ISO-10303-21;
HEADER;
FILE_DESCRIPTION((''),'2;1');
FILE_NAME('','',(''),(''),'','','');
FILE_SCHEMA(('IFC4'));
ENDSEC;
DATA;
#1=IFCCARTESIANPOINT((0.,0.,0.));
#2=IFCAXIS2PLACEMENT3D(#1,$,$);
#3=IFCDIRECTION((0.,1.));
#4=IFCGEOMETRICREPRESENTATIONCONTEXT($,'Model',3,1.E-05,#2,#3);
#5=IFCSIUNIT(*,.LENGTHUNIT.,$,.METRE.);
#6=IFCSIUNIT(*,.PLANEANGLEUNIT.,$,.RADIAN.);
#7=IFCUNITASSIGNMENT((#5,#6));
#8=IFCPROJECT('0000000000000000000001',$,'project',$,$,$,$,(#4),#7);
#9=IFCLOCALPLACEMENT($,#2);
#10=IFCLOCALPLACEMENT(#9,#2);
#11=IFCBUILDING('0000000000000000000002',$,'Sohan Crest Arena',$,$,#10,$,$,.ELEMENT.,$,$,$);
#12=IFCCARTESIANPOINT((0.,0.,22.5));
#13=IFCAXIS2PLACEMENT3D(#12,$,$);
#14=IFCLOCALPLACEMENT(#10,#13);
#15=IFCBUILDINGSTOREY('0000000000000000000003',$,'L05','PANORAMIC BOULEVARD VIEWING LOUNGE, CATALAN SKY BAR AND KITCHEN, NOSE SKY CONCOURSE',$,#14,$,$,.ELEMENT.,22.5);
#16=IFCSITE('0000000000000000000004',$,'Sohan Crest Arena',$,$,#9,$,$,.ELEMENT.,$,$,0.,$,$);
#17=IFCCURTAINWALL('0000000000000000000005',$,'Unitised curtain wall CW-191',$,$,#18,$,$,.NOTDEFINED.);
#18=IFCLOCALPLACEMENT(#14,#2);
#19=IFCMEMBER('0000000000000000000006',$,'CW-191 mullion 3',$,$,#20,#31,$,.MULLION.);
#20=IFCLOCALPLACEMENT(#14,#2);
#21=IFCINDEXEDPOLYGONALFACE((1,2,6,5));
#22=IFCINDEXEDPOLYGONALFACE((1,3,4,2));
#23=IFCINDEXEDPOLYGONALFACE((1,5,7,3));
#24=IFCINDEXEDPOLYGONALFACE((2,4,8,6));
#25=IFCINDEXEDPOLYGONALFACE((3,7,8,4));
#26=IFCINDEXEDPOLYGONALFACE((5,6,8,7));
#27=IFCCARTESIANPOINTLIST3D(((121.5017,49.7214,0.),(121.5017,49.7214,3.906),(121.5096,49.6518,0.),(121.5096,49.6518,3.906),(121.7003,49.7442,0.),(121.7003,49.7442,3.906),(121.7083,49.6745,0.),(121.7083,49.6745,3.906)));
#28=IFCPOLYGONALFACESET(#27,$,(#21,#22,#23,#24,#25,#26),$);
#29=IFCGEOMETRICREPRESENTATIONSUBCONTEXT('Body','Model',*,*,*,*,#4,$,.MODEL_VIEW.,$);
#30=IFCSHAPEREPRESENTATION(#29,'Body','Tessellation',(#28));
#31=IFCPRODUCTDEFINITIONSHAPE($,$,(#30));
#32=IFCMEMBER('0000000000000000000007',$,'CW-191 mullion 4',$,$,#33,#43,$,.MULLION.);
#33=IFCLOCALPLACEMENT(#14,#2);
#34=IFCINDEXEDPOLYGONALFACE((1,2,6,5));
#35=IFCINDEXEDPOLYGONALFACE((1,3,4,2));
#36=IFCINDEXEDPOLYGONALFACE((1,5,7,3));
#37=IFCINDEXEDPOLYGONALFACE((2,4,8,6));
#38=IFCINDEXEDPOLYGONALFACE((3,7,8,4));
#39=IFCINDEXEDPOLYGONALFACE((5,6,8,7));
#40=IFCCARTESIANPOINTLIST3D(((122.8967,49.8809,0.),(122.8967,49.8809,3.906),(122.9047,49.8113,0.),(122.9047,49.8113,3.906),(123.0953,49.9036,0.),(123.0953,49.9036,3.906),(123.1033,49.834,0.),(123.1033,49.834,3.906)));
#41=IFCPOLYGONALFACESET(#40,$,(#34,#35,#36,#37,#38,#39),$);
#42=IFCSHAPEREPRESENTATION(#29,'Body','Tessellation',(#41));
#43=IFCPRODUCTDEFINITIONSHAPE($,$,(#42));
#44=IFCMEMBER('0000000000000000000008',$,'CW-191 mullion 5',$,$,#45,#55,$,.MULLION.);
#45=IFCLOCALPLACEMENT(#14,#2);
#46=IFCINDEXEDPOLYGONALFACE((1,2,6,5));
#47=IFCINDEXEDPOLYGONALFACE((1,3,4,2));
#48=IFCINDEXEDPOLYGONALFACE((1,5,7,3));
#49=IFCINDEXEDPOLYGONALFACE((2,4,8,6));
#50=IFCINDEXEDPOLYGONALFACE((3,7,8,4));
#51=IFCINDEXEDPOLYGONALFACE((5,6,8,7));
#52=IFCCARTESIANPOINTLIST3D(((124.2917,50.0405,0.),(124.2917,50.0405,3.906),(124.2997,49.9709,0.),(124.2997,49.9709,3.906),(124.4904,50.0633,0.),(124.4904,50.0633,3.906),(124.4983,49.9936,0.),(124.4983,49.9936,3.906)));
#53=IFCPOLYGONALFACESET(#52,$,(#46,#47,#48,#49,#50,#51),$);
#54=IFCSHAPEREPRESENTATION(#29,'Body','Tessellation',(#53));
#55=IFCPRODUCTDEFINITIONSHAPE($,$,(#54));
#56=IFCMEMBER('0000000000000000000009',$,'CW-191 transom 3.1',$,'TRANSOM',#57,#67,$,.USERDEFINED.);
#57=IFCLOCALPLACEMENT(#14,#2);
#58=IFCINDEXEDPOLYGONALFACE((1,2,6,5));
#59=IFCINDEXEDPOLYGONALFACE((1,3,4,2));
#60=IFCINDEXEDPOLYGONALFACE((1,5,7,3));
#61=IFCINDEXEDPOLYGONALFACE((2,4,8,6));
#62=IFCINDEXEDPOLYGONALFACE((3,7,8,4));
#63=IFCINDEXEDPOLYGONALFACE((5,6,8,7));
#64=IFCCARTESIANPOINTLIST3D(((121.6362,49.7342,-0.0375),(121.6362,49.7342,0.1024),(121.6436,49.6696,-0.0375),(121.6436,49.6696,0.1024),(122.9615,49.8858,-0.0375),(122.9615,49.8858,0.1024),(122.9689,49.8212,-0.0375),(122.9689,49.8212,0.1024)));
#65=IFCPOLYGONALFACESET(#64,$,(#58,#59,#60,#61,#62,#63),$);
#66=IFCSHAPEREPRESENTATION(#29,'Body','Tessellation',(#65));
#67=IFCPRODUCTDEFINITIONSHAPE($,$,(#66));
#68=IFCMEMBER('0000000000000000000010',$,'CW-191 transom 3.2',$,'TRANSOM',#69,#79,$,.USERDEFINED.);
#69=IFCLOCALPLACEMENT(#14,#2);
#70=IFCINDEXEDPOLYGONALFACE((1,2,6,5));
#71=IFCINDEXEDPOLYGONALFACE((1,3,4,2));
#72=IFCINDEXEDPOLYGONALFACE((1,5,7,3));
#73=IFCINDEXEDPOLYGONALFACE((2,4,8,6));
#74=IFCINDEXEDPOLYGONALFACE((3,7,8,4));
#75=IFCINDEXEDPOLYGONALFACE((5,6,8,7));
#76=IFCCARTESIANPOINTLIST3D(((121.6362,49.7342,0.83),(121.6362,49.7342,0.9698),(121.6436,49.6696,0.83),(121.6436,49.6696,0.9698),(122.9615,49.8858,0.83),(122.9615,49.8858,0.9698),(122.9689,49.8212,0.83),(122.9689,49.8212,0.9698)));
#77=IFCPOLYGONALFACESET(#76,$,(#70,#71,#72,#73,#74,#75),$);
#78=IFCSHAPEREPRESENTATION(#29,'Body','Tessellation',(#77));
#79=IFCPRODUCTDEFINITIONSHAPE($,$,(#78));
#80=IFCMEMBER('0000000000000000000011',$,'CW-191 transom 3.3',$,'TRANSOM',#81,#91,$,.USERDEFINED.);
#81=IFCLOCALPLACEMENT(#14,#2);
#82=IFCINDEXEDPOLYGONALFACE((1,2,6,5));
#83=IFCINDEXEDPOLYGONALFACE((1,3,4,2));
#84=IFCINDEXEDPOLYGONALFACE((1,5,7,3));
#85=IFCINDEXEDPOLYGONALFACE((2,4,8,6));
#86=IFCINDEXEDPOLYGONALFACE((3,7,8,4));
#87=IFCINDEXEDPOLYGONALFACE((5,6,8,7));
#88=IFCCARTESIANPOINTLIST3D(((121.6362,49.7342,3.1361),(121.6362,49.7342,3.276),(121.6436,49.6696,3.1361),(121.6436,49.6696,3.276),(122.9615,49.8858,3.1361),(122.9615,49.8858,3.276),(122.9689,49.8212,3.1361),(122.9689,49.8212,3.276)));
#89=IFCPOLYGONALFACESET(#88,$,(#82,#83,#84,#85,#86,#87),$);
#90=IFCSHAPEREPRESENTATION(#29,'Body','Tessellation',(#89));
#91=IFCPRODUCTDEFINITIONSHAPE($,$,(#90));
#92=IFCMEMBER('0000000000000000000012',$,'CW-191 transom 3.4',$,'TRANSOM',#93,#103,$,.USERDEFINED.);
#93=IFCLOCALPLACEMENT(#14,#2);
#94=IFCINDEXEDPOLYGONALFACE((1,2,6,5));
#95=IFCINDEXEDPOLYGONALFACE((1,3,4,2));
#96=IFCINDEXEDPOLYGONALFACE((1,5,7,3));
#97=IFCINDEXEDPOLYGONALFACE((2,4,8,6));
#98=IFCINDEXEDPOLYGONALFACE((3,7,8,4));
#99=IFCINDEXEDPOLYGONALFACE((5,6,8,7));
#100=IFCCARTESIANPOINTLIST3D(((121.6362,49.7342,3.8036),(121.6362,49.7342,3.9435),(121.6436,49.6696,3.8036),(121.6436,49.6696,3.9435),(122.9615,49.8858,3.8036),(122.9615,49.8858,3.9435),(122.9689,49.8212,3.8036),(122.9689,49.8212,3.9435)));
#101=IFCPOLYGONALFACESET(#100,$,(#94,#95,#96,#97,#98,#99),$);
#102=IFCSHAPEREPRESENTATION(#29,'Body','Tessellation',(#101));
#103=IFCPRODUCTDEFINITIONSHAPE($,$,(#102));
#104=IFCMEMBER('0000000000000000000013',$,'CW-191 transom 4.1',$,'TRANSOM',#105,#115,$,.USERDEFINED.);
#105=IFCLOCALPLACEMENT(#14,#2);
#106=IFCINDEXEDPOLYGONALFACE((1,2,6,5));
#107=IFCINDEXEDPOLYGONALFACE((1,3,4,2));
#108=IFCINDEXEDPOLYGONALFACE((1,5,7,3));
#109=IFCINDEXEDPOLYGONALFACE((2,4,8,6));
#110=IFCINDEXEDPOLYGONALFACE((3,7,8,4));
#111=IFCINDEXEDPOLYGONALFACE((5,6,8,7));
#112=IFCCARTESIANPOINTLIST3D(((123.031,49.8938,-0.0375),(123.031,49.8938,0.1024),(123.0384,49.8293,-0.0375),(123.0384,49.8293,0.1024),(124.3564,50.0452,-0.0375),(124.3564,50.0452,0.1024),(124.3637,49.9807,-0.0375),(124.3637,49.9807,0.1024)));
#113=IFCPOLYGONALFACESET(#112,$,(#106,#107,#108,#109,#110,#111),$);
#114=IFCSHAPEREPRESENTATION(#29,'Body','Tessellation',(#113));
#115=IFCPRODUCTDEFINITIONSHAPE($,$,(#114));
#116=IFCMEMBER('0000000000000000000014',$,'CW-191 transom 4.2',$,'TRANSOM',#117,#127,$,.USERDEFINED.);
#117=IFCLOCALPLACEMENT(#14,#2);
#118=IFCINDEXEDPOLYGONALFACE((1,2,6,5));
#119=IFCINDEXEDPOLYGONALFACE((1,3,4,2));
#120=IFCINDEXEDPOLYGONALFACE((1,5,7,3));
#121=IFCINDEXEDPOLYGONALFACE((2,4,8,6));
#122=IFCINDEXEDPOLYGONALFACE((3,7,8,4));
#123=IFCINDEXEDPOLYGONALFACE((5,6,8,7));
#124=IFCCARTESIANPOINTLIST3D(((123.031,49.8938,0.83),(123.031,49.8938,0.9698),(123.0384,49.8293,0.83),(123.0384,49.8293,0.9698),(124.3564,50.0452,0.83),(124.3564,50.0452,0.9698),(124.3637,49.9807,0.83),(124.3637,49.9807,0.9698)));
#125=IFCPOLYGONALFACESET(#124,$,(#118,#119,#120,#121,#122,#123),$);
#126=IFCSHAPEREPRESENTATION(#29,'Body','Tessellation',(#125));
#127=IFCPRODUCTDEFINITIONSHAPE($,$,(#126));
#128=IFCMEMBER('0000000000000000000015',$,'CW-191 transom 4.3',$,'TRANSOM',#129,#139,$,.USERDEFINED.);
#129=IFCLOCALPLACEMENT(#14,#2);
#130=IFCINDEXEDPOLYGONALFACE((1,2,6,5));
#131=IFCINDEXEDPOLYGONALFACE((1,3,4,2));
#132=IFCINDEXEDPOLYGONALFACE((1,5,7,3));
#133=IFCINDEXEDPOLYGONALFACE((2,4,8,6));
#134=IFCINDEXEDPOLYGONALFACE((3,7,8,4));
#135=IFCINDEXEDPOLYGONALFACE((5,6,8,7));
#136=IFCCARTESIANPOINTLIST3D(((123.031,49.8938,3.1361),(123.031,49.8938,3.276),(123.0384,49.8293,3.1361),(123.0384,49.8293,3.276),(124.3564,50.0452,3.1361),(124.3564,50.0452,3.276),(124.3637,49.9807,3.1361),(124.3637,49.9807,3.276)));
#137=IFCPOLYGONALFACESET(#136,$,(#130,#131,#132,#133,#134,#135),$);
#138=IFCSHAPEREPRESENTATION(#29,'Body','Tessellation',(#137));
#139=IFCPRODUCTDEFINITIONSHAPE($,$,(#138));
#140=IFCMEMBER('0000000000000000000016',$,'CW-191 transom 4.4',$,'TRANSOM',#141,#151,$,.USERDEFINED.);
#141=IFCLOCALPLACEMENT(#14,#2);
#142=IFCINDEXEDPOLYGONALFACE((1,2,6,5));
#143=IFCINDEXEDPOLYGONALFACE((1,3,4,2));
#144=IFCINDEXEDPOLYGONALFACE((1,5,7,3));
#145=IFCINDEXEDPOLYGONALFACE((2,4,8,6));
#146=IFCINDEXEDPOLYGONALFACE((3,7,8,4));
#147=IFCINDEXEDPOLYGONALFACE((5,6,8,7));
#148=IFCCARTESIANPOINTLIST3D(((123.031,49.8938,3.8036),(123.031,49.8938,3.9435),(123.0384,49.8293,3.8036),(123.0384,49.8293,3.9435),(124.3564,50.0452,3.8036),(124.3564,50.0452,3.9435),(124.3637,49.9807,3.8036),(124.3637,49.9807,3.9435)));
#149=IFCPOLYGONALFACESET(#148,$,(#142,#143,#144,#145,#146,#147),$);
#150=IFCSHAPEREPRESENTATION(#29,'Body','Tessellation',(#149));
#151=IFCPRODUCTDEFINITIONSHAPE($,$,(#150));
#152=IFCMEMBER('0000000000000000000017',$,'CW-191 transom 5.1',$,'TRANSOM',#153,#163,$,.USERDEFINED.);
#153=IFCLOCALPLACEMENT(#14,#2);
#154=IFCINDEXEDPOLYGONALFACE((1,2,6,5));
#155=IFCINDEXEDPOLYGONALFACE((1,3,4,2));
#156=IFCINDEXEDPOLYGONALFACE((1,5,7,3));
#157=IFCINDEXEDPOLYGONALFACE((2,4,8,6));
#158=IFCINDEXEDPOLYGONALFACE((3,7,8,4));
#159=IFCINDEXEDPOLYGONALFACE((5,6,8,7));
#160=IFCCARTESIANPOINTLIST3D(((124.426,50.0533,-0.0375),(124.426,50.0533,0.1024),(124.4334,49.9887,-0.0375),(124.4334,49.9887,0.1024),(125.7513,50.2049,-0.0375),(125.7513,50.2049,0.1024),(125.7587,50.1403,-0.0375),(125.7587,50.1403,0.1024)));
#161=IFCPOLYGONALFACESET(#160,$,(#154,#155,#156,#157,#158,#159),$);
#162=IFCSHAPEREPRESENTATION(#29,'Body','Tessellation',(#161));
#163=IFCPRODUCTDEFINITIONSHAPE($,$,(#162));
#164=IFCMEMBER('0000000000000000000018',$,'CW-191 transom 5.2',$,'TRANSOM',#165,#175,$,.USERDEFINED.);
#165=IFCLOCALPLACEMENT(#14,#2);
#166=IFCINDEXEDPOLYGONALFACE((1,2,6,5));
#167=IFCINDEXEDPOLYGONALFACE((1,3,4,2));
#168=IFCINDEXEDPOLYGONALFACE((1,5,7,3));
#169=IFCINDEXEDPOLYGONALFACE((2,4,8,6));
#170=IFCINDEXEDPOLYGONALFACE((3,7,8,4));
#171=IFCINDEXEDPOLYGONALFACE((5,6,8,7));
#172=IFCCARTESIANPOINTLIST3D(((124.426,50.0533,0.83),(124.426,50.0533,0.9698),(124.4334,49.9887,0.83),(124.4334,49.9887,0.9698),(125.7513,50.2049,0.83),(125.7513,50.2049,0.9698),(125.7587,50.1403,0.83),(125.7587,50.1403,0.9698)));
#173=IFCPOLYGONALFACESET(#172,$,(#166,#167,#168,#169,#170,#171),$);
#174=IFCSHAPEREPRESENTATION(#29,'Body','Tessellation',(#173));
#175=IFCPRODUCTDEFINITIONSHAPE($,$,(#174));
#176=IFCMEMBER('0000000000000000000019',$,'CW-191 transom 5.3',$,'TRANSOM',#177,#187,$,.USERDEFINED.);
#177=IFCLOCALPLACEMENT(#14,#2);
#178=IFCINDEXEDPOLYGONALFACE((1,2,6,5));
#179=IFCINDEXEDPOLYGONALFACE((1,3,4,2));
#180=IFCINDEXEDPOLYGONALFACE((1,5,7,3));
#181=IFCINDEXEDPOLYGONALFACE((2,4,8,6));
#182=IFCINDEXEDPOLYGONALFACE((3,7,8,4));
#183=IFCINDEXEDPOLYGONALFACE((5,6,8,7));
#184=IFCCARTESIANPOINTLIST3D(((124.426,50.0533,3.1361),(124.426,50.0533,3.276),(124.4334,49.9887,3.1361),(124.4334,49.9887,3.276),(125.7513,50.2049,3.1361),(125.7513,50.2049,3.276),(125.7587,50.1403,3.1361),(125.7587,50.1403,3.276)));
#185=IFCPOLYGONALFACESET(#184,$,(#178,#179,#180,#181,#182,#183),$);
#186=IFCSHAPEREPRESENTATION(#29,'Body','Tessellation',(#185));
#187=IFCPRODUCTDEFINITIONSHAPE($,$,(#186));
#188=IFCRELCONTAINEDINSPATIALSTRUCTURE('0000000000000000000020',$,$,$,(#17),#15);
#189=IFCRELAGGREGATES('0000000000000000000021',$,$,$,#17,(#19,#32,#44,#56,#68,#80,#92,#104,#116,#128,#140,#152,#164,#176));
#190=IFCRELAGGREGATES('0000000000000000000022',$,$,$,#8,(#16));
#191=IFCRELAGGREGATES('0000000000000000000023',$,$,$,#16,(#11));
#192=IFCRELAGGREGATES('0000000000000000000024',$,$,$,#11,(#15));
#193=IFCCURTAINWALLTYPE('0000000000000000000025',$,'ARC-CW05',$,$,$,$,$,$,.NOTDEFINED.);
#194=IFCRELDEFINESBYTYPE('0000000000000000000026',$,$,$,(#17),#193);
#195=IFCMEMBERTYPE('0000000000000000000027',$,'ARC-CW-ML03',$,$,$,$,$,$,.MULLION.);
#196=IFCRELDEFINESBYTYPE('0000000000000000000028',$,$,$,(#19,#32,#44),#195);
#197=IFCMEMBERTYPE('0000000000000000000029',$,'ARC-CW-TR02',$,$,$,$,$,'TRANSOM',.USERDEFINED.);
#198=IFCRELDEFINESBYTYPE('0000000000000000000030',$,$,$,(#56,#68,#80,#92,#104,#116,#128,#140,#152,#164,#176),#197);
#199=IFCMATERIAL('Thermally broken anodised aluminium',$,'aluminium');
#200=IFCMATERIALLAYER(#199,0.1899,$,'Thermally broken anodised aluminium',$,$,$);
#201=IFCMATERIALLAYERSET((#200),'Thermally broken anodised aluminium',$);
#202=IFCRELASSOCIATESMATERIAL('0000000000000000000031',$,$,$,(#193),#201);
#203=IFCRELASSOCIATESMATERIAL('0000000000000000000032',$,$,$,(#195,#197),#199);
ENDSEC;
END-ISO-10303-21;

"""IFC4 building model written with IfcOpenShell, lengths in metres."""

from ifc_helpers import new_model, si_unit, direction, frame, origin, origin_2d, place, context, subcontext, project, spatial, rectangle, extrude, material, layer, layer_set, material_profile, profile_set, type_object, element, aggregate, save


model = new_model("IFC4")

# Units and contexts
model_context = context("Model", 3, precision=1e-05, world=origin(), true_north=direction((0.0, 1.0)))
body_context = subcontext(model_context, "Body", "Model", "MODEL_VIEW")
ifc_project = project(units=[si_unit("LENGTHUNIT", "METRE"), si_unit("PLANEANGLEUNIT", "RADIAN")], contexts=[model_context])

# Site, building, storey
site_placement = place(None, origin())
site = spatial("IfcSite", under=ifc_project, at=site_placement, Name="Sohan Crest Arena", CompositionType="ELEMENT", RefElevation=0.0)
building_placement = place(site_placement, origin())
building = spatial("IfcBuilding", under=site, at=building_placement, Name="Sohan Crest Arena", CompositionType="ELEMENT")
storey_placement = place(building_placement, frame((0.0, 0.0, 22.5)))
storey = spatial("IfcBuildingStorey", under=building, at=storey_placement, Name="L05", Description="PANORAMIC BOULEVARD VIEWING LOUNGE, CATALAN SKY BAR AND KITCHEN, NOSE SKY CONCOURSE", CompositionType="ELEMENT", Elevation=22.5)

# Curtain wall, members
ifc_material_1 = material(Name="Thermally broken anodised aluminium", Category="aluminium")
ifc_layer_1 = layer(ifc_material_1, 0.1899, Name="Thermally broken anodised aluminium")
ifc_layer_set_1 = layer_set([ifc_layer_1], Name="Thermally broken anodised aluminium")
curtain_wall_type = type_object("IfcCurtainWallType", Name="ARC-CW05", PredefinedType="NOTDEFINED", material=ifc_layer_set_1)
curtain_wall_placement = place(storey_placement, origin())
curtain_wall = element("IfcCurtainWall", 1, at=curtain_wall_placement, inside=storey, type_object=curtain_wall_type, Name="Unitised curtain wall CW-191", PredefinedType="NOTDEFINED")
ifc_material_profile_1 = material_profile(ifc_material_1, rectangle(XDim=0.0701, YDim=0.2, at=origin_2d()), Name="ALU-MULL 70x200")
ifc_profile_set_1 = profile_set([ifc_material_profile_1], Name="Thermally broken anodised aluminium")
member_type_1 = type_object("IfcMemberType", Name="ARC-CW-ML03", PredefinedType="MULLION", material=ifc_profile_set_1)
member_1_placement = place(storey_placement, frame((121.605, 49.698, 0.0), z_axis=(0.0, 0.0, 1.0), x_axis=(-0.113597, 0.993527, 0.0)))
member_1 = element("IfcMember", 2, at=member_1_placement, type_object=member_type_1, Name="CW-191 mullion 3", PredefinedType="MULLION", context=body_context, shape_type="SweptSolid", body=[
    extrude(rectangle(XDim=0.0701, YDim=0.2, at=origin_2d()), origin(), (0.0, 0.0, 1.0), 3.906),
])
member_2_placement = place(storey_placement, frame((123.0, 49.8574, 0.0), z_axis=(0.0, 0.0, 1.0), x_axis=(-0.113597, 0.993527, 0.0)))
member_2 = element("IfcMember", 3, at=member_2_placement, type_object=member_type_1, Name="CW-191 mullion 4", PredefinedType="MULLION", context=body_context, shape_type="SweptSolid", body=[
    extrude(rectangle(XDim=0.0701, YDim=0.2, at=origin_2d()), origin(), (0.0, 0.0, 1.0), 3.906),
])
member_3_placement = place(storey_placement, frame((124.395, 50.0171, 0.0), z_axis=(0.0, 0.0, 1.0), x_axis=(-0.113597, 0.993527, 0.0)))
member_3 = element("IfcMember", 4, at=member_3_placement, type_object=member_type_1, Name="CW-191 mullion 5", PredefinedType="MULLION", context=body_context, shape_type="SweptSolid", body=[
    extrude(rectangle(XDim=0.0701, YDim=0.2, at=origin_2d()), origin(), (0.0, 0.0, 1.0), 3.906),
])
ifc_material_profile_2 = material_profile(ifc_material_1, rectangle(XDim=0.0649, YDim=0.1399, at=origin_2d()), Name="ALU-TRAN 65x140")
ifc_profile_set_2 = profile_set([ifc_material_profile_2], Name="Thermally broken anodised aluminium")
member_type_2 = type_object("IfcMemberType", Name="ARC-CW-TR02", ElementType="TRANSOM", PredefinedType="USERDEFINED", material=ifc_profile_set_2)
member_4_placement = place(storey_placement, frame((121.6399, 49.7019, 0.0325), z_axis=(0.993521, 0.113645, 0.0), x_axis=(-0.113645, 0.993521, 0.0)))
member_4 = element("IfcMember", 5, at=member_4_placement, type_object=member_type_2, Name="CW-191 transom 3.1", ObjectType="TRANSOM", PredefinedType="USERDEFINED", context=body_context, shape_type="SweptSolid", body=[
    extrude(rectangle(XDim=0.0649, YDim=0.1399, at=origin_2d()), origin(), (0.0, 0.0, 1.0), 1.334),
])
member_5_placement = place(storey_placement, frame((121.6399, 49.7019, 0.8999), z_axis=(0.993521, 0.113645, 0.0), x_axis=(-0.113645, 0.993521, 0.0)))
member_5 = element("IfcMember", 6, at=member_5_placement, type_object=member_type_2, Name="CW-191 transom 3.2", ObjectType="TRANSOM", PredefinedType="USERDEFINED", context=body_context, shape_type="SweptSolid", body=[
    extrude(rectangle(XDim=0.0649, YDim=0.1399, at=origin_2d()), origin(), (0.0, 0.0, 1.0), 1.334),
])
member_6_placement = place(storey_placement, frame((121.6399, 49.7019, 3.2061), z_axis=(0.993521, 0.113645, 0.0), x_axis=(-0.113645, 0.993521, 0.0)))
member_6 = element("IfcMember", 7, at=member_6_placement, type_object=member_type_2, Name="CW-191 transom 3.3", ObjectType="TRANSOM", PredefinedType="USERDEFINED", context=body_context, shape_type="SweptSolid", body=[
    extrude(rectangle(XDim=0.0649, YDim=0.1399, at=origin_2d()), origin(), (0.0, 0.0, 1.0), 1.334),
])
member_7_placement = place(storey_placement, frame((121.6399, 49.7019, 3.8735), z_axis=(0.993521, 0.113645, 0.0), x_axis=(-0.113645, 0.993521, 0.0)))
member_7 = element("IfcMember", 8, at=member_7_placement, type_object=member_type_2, Name="CW-191 transom 3.4", ObjectType="TRANSOM", PredefinedType="USERDEFINED", context=body_context, shape_type="SweptSolid", body=[
    extrude(rectangle(XDim=0.0649, YDim=0.1399, at=origin_2d()), origin(), (0.0, 0.0, 1.0), 1.334),
])
member_8_placement = place(storey_placement, frame((123.0347, 49.8616, 0.0325), z_axis=(0.993542, 0.113464, 0.0), x_axis=(-0.113464, 0.993542, 0.0)))
member_8 = element("IfcMember", 9, at=member_8_placement, type_object=member_type_2, Name="CW-191 transom 4.1", ObjectType="TRANSOM", PredefinedType="USERDEFINED", context=body_context, shape_type="SweptSolid", body=[
    extrude(rectangle(XDim=0.0649, YDim=0.1399, at=origin_2d()), origin(), (0.0, 0.0, 1.0), 1.334),
])
member_9_placement = place(storey_placement, frame((123.0347, 49.8616, 0.8999), z_axis=(0.993542, 0.113464, 0.0), x_axis=(-0.113464, 0.993542, 0.0)))
member_9 = element("IfcMember", 10, at=member_9_placement, type_object=member_type_2, Name="CW-191 transom 4.2", ObjectType="TRANSOM", PredefinedType="USERDEFINED", context=body_context, shape_type="SweptSolid", body=[
    extrude(rectangle(XDim=0.0649, YDim=0.1399, at=origin_2d()), origin(), (0.0, 0.0, 1.0), 1.334),
])
member_10_placement = place(storey_placement, frame((123.0347, 49.8616, 3.2061), z_axis=(0.993542, 0.113464, 0.0), x_axis=(-0.113464, 0.993542, 0.0)))
member_10 = element("IfcMember", 11, at=member_10_placement, type_object=member_type_2, Name="CW-191 transom 4.3", ObjectType="TRANSOM", PredefinedType="USERDEFINED", context=body_context, shape_type="SweptSolid", body=[
    extrude(rectangle(XDim=0.0649, YDim=0.1399, at=origin_2d()), origin(), (0.0, 0.0, 1.0), 1.334),
])
member_11_placement = place(storey_placement, frame((123.0347, 49.8616, 3.8735), z_axis=(0.993542, 0.113464, 0.0), x_axis=(-0.113464, 0.993542, 0.0)))
member_11 = element("IfcMember", 12, at=member_11_placement, type_object=member_type_2, Name="CW-191 transom 4.4", ObjectType="TRANSOM", PredefinedType="USERDEFINED", context=body_context, shape_type="SweptSolid", body=[
    extrude(rectangle(XDim=0.0649, YDim=0.1399, at=origin_2d()), origin(), (0.0, 0.0, 1.0), 1.334),
])
member_12_placement = place(storey_placement, frame((124.4297, 50.021, 0.0325), z_axis=(0.993521, 0.113645, 0.0), x_axis=(-0.113645, 0.993521, 0.0)))
member_12 = element("IfcMember", 13, at=member_12_placement, type_object=member_type_2, Name="CW-191 transom 5.1", ObjectType="TRANSOM", PredefinedType="USERDEFINED", context=body_context, shape_type="SweptSolid", body=[
    extrude(rectangle(XDim=0.0649, YDim=0.1399, at=origin_2d()), origin(), (0.0, 0.0, 1.0), 1.334),
])
member_13_placement = place(storey_placement, frame((124.4297, 50.021, 0.8999), z_axis=(0.993521, 0.113645, 0.0), x_axis=(-0.113645, 0.993521, 0.0)))
member_13 = element("IfcMember", 14, at=member_13_placement, type_object=member_type_2, Name="CW-191 transom 5.2", ObjectType="TRANSOM", PredefinedType="USERDEFINED", context=body_context, shape_type="SweptSolid", body=[
    extrude(rectangle(XDim=0.0649, YDim=0.1399, at=origin_2d()), origin(), (0.0, 0.0, 1.0), 1.334),
])
member_14_placement = place(storey_placement, frame((124.4297, 50.021, 3.2061), z_axis=(0.993521, 0.113645, 0.0), x_axis=(-0.113645, 0.993521, 0.0)))
member_14 = element("IfcMember", 15, at=member_14_placement, type_object=member_type_2, Name="CW-191 transom 5.3", ObjectType="TRANSOM", PredefinedType="USERDEFINED", context=body_context, shape_type="SweptSolid", body=[
    extrude(rectangle(XDim=0.0649, YDim=0.1399, at=origin_2d()), origin(), (0.0, 0.0, 1.0), 1.334),
])
aggregate(curtain_wall, [member_1, member_2, member_3, member_4, member_5, member_6, member_7, member_8, member_9, member_10, member_11, member_12, member_13, member_14])

save(model, "model.ifc")
